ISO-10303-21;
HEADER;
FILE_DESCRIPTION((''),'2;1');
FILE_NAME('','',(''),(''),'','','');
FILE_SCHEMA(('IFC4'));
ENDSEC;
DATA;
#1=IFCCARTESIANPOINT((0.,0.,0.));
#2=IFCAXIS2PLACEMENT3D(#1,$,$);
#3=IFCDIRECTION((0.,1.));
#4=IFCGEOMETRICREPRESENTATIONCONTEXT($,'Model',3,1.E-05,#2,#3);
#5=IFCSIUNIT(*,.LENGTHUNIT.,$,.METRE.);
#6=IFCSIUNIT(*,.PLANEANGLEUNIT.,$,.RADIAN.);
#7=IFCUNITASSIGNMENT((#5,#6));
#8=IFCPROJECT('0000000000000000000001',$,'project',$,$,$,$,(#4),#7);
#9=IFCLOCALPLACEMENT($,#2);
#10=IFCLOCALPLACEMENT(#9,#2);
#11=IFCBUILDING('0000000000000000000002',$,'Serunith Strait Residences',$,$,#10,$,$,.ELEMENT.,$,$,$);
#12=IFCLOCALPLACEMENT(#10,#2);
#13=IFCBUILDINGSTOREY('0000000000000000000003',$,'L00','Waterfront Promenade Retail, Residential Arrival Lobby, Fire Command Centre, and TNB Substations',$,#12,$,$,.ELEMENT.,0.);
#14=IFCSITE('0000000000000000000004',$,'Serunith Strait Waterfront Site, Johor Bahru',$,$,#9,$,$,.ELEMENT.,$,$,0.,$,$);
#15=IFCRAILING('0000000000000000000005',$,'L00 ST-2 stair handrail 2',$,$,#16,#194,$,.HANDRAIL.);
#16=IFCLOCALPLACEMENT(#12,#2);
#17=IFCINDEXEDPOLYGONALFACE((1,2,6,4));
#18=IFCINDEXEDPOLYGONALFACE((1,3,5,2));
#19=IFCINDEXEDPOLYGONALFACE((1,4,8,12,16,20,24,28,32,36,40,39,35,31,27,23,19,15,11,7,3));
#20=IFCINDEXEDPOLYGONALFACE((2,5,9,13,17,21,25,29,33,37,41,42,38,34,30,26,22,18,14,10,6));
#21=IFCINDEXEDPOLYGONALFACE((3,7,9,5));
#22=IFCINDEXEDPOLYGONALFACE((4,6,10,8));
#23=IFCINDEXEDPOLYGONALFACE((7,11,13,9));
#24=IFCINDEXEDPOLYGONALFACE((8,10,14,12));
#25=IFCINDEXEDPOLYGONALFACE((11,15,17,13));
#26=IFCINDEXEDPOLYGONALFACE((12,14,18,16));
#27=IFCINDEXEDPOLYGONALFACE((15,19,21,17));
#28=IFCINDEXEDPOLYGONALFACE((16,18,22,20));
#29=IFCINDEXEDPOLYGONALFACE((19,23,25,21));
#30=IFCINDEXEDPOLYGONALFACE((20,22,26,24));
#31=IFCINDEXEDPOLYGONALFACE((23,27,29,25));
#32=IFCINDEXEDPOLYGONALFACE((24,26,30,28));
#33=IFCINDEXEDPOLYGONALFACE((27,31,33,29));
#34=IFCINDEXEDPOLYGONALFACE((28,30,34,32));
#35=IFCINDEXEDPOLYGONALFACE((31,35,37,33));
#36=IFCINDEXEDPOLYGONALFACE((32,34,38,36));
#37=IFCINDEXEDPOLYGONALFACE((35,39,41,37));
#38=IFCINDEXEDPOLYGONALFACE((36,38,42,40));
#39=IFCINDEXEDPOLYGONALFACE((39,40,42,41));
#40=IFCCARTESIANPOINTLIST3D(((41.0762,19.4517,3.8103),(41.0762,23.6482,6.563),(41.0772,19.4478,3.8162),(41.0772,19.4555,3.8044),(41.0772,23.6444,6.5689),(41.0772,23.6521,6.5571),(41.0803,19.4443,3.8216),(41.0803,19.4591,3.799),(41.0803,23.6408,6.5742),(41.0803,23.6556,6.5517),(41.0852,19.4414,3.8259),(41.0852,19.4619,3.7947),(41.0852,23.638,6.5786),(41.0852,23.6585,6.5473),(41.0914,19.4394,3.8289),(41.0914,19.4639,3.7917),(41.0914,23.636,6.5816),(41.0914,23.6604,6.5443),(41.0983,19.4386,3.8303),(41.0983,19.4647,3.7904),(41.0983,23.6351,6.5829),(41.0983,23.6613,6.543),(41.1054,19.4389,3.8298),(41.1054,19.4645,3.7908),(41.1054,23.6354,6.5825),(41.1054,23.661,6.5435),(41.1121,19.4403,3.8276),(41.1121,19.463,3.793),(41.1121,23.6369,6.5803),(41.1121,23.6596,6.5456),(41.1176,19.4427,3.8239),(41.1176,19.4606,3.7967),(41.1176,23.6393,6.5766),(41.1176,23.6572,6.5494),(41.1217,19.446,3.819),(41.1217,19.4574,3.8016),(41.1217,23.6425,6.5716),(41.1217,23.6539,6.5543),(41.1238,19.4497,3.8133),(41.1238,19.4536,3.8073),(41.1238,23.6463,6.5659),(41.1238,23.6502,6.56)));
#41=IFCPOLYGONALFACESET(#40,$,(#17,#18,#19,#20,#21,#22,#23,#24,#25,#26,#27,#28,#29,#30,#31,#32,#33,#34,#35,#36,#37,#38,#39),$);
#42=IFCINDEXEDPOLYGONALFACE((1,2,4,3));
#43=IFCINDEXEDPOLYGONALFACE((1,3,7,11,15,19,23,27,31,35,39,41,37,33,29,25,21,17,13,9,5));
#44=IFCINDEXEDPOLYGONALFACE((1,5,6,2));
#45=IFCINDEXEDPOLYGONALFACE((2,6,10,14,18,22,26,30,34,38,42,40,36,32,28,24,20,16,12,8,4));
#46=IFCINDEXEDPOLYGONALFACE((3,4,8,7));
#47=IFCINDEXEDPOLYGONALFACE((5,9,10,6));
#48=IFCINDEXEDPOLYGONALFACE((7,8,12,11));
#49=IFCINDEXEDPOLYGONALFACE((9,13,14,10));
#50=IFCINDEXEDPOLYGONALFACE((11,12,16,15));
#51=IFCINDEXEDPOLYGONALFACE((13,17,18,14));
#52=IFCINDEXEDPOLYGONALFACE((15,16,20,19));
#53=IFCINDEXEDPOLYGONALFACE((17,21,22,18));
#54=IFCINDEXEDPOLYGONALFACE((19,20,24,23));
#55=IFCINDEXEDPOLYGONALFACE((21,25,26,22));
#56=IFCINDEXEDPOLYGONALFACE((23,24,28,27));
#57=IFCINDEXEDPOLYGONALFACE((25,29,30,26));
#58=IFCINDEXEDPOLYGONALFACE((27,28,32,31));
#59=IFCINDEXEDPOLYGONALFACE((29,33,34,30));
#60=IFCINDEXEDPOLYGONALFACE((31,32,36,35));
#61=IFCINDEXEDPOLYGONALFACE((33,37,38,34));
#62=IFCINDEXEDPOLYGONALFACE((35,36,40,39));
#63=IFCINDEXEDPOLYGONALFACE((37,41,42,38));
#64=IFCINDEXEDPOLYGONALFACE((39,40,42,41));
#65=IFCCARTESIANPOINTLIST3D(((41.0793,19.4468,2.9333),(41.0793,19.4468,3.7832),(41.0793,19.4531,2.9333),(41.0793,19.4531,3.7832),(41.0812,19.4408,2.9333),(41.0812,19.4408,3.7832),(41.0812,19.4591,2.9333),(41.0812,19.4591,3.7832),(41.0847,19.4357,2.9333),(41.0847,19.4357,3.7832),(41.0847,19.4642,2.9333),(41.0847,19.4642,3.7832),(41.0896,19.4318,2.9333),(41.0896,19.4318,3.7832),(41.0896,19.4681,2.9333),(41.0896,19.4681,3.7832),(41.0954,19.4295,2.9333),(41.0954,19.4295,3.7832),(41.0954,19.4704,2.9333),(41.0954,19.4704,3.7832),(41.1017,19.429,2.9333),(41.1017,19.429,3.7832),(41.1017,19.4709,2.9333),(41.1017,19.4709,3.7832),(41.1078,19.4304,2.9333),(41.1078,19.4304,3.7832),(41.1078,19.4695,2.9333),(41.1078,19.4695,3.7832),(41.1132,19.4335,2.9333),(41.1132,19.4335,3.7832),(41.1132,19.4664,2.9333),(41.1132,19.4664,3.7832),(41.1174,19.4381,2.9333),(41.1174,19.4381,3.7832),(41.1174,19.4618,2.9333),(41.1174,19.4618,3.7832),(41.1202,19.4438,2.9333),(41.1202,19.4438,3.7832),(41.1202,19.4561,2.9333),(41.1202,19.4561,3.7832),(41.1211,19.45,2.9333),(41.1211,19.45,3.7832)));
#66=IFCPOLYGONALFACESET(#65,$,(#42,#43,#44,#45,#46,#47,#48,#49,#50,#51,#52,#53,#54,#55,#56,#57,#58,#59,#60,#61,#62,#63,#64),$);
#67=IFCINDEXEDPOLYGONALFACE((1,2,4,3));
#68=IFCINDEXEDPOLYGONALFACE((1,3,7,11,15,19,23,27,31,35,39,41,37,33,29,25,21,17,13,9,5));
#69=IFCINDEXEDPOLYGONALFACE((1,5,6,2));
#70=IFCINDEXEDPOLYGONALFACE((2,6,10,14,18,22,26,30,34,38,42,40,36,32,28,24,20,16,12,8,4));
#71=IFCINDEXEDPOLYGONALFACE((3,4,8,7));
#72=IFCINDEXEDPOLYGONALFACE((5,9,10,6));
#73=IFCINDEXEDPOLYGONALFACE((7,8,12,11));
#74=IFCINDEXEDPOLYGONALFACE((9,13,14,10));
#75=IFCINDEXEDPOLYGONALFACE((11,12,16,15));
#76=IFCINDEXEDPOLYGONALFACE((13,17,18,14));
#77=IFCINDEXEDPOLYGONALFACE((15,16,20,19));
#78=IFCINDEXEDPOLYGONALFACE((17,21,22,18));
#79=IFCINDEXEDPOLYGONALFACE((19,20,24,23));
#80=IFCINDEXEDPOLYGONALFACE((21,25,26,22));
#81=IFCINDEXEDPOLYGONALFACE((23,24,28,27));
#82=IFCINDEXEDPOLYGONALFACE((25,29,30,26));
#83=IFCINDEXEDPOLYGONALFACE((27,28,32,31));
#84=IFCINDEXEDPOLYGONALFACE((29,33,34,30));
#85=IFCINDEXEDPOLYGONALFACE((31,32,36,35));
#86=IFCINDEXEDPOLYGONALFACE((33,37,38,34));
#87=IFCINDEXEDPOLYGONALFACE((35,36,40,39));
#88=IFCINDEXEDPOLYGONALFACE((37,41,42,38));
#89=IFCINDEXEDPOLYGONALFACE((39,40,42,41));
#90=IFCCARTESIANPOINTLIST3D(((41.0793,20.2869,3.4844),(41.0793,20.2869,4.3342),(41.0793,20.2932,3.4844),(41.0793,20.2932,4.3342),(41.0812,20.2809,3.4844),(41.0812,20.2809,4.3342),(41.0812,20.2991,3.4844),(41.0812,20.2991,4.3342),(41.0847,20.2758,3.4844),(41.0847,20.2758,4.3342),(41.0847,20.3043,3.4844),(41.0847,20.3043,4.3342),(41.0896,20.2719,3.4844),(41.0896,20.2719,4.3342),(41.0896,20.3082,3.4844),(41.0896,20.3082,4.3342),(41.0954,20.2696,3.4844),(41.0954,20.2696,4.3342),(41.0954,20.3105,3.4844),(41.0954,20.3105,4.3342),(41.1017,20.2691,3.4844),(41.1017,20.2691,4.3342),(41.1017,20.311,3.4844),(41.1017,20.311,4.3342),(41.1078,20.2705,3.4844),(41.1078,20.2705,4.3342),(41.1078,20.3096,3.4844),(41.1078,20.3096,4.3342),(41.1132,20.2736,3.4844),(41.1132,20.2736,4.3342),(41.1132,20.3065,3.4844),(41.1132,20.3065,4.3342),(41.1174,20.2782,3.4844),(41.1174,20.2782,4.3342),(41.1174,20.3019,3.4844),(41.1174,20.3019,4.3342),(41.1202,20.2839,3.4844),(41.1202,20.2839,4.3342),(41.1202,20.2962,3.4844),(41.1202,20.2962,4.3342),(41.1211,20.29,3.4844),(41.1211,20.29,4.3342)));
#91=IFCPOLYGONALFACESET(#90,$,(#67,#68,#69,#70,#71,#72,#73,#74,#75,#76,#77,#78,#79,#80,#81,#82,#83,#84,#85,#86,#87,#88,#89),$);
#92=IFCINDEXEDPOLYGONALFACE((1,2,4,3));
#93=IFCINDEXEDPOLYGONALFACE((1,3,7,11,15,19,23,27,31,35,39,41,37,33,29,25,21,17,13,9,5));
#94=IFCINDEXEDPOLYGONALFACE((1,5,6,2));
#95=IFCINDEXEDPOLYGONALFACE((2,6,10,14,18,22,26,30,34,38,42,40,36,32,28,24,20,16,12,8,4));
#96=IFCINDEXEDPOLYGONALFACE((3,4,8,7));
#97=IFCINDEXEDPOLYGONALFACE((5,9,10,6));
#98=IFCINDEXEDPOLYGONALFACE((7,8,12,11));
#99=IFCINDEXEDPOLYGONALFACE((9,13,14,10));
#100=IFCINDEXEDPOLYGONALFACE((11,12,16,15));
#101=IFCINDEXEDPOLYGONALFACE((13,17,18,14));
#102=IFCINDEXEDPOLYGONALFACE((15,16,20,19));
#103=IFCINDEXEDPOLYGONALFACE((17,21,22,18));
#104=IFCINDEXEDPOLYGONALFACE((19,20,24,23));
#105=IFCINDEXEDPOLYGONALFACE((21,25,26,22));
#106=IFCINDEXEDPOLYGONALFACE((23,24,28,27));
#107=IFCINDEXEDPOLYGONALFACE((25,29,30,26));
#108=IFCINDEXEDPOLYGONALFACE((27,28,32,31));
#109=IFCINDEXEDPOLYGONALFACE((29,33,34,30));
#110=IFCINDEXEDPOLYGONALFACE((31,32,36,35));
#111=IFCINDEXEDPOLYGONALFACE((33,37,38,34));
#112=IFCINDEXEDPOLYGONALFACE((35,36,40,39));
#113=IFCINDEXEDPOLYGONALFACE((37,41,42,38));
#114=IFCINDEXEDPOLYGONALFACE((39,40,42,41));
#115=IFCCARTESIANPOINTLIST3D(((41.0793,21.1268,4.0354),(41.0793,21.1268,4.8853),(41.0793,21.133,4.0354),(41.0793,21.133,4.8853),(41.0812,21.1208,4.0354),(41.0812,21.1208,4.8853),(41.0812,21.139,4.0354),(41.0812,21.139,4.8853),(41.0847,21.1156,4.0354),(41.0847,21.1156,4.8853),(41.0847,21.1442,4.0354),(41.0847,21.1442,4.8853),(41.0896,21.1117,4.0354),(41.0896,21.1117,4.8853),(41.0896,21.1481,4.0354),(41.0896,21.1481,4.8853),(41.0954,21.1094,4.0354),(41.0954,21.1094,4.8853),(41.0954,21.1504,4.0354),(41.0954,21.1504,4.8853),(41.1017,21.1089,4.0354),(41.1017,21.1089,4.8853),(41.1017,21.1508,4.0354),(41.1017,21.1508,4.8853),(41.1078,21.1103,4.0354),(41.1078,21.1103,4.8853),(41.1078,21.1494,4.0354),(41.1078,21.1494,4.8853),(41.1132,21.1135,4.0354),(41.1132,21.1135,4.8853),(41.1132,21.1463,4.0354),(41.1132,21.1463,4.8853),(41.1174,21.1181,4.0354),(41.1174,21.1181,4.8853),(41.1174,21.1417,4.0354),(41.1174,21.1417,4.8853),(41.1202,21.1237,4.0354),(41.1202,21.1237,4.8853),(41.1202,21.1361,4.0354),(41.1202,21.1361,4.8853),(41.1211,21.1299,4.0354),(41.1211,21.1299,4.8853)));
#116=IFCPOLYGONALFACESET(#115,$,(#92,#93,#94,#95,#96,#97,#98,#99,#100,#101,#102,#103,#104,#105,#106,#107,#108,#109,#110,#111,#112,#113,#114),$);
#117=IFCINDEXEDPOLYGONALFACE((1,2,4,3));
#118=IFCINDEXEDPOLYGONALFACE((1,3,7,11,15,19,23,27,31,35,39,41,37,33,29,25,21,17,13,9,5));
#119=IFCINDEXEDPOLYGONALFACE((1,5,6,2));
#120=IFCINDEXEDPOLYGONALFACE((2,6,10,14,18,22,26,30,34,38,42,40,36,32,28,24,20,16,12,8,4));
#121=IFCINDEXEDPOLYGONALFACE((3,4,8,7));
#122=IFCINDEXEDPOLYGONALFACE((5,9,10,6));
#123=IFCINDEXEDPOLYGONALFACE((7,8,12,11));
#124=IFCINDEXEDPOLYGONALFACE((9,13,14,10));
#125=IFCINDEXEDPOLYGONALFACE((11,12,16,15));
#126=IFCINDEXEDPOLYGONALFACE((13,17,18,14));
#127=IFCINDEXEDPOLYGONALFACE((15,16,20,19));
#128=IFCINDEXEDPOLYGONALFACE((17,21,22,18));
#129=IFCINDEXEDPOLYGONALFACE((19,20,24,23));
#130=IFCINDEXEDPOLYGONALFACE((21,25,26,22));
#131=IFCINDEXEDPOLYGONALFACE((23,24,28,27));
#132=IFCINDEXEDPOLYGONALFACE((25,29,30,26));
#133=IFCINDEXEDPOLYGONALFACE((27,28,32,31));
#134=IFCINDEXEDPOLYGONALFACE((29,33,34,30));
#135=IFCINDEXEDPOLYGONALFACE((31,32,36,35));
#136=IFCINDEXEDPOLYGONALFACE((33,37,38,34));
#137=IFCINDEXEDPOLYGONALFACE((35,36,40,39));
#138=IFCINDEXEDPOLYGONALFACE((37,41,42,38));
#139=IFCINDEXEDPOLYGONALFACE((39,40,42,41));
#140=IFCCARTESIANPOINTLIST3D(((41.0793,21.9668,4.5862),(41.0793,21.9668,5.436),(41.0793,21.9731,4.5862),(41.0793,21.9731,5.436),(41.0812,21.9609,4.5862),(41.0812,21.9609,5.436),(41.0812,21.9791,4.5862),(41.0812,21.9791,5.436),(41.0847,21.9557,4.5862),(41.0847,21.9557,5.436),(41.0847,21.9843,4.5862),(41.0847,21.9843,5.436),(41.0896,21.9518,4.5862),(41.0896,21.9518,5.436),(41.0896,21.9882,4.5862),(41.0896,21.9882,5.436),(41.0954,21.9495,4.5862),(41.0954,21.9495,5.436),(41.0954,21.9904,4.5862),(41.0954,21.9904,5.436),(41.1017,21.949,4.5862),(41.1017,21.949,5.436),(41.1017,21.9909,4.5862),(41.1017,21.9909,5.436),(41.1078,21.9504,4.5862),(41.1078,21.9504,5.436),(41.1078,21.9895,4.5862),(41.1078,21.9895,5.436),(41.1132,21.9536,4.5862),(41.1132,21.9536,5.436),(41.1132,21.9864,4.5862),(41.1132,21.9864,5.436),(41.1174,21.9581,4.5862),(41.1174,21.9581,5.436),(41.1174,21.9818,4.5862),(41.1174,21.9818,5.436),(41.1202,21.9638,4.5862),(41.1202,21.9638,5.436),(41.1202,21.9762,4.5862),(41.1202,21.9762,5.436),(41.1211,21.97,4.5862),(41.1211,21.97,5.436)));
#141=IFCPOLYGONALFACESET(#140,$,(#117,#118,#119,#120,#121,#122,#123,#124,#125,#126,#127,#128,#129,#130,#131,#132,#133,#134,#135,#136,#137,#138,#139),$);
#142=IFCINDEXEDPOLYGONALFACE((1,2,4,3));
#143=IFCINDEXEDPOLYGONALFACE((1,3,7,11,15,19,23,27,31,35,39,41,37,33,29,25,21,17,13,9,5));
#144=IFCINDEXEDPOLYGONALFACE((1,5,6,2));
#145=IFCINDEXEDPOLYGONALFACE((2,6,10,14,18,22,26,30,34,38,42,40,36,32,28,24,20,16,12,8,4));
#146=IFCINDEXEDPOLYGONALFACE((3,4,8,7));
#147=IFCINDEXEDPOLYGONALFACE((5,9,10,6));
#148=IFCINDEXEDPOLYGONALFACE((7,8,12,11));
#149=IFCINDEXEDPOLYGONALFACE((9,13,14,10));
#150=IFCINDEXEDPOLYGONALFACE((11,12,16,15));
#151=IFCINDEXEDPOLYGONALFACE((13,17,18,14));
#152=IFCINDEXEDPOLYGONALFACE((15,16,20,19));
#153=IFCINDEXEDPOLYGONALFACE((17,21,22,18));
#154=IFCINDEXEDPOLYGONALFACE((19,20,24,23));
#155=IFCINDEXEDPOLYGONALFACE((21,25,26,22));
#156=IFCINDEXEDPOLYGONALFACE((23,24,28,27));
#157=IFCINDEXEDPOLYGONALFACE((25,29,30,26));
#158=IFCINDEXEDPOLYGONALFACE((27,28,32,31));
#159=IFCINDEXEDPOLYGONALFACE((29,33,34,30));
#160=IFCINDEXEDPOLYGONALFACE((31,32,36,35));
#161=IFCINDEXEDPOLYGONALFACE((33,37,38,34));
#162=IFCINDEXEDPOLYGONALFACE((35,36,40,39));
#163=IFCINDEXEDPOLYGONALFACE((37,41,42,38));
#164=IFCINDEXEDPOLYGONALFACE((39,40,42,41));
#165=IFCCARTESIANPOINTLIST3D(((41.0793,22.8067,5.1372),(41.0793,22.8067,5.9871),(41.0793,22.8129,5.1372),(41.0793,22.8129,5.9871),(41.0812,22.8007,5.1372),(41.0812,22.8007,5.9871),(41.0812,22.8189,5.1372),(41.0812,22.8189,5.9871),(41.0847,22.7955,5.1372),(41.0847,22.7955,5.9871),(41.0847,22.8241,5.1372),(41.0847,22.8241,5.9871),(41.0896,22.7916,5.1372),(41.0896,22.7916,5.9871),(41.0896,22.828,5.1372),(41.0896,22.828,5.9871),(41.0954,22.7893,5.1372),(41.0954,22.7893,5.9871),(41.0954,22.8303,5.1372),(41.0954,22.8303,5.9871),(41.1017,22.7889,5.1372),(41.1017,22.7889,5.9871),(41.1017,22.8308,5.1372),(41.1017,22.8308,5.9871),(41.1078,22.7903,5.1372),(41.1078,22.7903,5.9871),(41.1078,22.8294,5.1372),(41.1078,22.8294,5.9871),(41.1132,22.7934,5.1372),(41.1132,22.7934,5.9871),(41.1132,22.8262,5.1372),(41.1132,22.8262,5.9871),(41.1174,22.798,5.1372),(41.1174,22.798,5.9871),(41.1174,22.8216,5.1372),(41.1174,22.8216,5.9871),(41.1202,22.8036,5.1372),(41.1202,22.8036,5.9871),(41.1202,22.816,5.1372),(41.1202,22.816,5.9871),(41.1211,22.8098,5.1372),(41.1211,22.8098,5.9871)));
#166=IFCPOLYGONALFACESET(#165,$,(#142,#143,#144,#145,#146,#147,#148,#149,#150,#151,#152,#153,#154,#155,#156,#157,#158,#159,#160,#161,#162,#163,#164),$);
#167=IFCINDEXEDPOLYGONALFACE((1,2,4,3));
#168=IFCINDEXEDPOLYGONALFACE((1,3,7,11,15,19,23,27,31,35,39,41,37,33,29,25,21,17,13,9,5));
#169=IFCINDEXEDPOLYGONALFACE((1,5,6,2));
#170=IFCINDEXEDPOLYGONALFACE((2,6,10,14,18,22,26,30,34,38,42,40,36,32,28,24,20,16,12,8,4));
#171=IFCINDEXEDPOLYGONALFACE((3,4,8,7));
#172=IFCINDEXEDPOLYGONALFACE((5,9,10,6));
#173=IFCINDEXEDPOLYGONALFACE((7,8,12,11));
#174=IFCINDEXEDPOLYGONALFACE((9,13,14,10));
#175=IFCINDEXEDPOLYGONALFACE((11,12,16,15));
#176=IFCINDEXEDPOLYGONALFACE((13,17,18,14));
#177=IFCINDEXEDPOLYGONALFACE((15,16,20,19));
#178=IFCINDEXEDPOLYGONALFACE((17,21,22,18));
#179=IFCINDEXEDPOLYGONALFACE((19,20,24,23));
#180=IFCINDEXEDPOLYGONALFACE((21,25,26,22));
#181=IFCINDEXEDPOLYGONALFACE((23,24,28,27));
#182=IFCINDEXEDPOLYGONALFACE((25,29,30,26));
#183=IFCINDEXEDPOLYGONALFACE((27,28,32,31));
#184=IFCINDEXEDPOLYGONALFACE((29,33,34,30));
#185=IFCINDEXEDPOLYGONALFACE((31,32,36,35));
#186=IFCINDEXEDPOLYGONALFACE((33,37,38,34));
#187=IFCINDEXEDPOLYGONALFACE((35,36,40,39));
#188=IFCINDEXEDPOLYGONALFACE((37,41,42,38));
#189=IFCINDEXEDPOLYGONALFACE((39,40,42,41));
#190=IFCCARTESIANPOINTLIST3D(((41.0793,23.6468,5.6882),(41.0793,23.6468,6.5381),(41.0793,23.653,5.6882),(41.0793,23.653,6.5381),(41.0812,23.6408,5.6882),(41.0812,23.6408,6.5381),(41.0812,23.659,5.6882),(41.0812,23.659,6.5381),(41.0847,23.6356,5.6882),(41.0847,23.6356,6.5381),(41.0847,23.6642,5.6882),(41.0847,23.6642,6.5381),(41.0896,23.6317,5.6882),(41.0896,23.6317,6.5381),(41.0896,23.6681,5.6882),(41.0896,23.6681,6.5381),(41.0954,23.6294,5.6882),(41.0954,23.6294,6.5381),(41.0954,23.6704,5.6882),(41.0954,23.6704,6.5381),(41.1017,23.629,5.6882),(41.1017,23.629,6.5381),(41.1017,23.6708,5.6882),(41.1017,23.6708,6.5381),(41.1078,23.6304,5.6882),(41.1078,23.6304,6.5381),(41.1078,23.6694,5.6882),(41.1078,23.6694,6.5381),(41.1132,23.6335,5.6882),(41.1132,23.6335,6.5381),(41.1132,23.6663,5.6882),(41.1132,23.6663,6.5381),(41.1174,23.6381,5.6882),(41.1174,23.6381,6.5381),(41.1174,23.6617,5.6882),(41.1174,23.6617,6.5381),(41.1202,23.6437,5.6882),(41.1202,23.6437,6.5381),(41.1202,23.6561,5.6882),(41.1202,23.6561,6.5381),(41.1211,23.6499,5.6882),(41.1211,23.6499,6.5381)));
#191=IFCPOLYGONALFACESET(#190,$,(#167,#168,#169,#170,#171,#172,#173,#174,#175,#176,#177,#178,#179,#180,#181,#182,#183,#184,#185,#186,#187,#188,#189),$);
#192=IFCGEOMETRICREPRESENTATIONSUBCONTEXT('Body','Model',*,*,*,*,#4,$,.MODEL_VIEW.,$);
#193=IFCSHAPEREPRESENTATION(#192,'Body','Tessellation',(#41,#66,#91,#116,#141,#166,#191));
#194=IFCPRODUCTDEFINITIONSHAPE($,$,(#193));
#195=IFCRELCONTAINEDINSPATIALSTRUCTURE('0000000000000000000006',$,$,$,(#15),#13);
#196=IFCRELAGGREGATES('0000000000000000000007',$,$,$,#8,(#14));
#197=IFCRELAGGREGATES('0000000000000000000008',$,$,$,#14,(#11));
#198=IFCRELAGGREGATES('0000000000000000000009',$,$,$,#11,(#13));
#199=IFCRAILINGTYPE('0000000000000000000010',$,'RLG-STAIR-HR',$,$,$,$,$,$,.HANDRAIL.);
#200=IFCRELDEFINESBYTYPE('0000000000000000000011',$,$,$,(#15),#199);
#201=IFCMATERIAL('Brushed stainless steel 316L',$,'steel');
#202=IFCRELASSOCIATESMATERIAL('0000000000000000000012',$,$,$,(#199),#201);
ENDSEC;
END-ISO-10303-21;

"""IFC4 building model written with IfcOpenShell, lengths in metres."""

from ifc_helpers import new_model, si_unit, direction, frame, origin, origin_2d, place, context, subcontext, project, spatial, circle, extrude, material, type_object, element, save


model = new_model("IFC4")

# Units and contexts
model_context = context("Model", 3, precision=1e-05, world=origin(), true_north=direction((0.0, 1.0)))
body_context = subcontext(model_context, "Body", "Model", "MODEL_VIEW")
ifc_project = project(units=[si_unit("LENGTHUNIT", "METRE"), si_unit("PLANEANGLEUNIT", "RADIAN")], contexts=[model_context])

# Site, building, storey
site_placement = place(None, origin())
site = spatial("IfcSite", under=ifc_project, at=site_placement, Name="Serunith Strait Waterfront Site, Johor Bahru", CompositionType="ELEMENT", RefElevation=0.0)
building_placement = place(site_placement, origin())
building = spatial("IfcBuilding", under=site, at=building_placement, Name="Serunith Strait Residences", CompositionType="ELEMENT")
storey_placement = place(building_placement, origin())
storey = spatial("IfcBuildingStorey", under=building, at=storey_placement, Name="L00", Description="Waterfront Promenade Retail, Residential Arrival Lobby, Fire Command Centre, and TNB Substations", CompositionType="ELEMENT", Elevation=0.0)

# Railing
ifc_material_1 = material(Name="Brushed stainless steel 316L", Category="steel")
railing_type_1 = type_object("IfcRailingType", Name="RLG-STAIR-HR", PredefinedType="HANDRAIL", material=ifc_material_1)
railing_1_placement = place(storey_placement, frame((41.1001, 19.45, 2.9333)))
element("IfcRailing", 1, at=railing_1_placement, inside=storey, type_object=railing_type_1, Name="L00 ST-2 stair handrail 2", PredefinedType="HANDRAIL", context=body_context, shape_type="SweptSolid", body=[
    extrude(circle(Radius=0.0239, at=origin_2d()), frame((0.0, 0.0017, 0.877), z_axis=(0.0, 0.83617, 0.548471), x_axis=(-1.0, 0.0, 0.0)), (0.0, 0.0, 1.0), 5.0188),
    extrude(circle(Radius=0.021, at=origin_2d()), origin(), (0.0, 0.0, 1.0), 0.8499),
    extrude(circle(Radius=0.021, at=origin_2d()), frame((0.0, 0.8401, 0.551)), (0.0, 0.0, 1.0), 0.8499),
    extrude(circle(Radius=0.021, at=origin_2d()), frame((0.0, 1.6799, 1.1021)), (0.0, 0.0, 1.0), 0.8499),
    extrude(circle(Radius=0.021, at=origin_2d()), frame((0.0, 2.52, 1.6528)), (0.0, 0.0, 1.0), 0.8499),
    extrude(circle(Radius=0.021, at=origin_2d()), frame((0.0, 3.3599, 2.2039)), (0.0, 0.0, 1.0), 0.8499),
    extrude(circle(Radius=0.021, at=origin_2d()), frame((0.0, 4.2, 2.7549)), (0.0, 0.0, 1.0), 0.8499),
])

save(model, "model.ifc")
